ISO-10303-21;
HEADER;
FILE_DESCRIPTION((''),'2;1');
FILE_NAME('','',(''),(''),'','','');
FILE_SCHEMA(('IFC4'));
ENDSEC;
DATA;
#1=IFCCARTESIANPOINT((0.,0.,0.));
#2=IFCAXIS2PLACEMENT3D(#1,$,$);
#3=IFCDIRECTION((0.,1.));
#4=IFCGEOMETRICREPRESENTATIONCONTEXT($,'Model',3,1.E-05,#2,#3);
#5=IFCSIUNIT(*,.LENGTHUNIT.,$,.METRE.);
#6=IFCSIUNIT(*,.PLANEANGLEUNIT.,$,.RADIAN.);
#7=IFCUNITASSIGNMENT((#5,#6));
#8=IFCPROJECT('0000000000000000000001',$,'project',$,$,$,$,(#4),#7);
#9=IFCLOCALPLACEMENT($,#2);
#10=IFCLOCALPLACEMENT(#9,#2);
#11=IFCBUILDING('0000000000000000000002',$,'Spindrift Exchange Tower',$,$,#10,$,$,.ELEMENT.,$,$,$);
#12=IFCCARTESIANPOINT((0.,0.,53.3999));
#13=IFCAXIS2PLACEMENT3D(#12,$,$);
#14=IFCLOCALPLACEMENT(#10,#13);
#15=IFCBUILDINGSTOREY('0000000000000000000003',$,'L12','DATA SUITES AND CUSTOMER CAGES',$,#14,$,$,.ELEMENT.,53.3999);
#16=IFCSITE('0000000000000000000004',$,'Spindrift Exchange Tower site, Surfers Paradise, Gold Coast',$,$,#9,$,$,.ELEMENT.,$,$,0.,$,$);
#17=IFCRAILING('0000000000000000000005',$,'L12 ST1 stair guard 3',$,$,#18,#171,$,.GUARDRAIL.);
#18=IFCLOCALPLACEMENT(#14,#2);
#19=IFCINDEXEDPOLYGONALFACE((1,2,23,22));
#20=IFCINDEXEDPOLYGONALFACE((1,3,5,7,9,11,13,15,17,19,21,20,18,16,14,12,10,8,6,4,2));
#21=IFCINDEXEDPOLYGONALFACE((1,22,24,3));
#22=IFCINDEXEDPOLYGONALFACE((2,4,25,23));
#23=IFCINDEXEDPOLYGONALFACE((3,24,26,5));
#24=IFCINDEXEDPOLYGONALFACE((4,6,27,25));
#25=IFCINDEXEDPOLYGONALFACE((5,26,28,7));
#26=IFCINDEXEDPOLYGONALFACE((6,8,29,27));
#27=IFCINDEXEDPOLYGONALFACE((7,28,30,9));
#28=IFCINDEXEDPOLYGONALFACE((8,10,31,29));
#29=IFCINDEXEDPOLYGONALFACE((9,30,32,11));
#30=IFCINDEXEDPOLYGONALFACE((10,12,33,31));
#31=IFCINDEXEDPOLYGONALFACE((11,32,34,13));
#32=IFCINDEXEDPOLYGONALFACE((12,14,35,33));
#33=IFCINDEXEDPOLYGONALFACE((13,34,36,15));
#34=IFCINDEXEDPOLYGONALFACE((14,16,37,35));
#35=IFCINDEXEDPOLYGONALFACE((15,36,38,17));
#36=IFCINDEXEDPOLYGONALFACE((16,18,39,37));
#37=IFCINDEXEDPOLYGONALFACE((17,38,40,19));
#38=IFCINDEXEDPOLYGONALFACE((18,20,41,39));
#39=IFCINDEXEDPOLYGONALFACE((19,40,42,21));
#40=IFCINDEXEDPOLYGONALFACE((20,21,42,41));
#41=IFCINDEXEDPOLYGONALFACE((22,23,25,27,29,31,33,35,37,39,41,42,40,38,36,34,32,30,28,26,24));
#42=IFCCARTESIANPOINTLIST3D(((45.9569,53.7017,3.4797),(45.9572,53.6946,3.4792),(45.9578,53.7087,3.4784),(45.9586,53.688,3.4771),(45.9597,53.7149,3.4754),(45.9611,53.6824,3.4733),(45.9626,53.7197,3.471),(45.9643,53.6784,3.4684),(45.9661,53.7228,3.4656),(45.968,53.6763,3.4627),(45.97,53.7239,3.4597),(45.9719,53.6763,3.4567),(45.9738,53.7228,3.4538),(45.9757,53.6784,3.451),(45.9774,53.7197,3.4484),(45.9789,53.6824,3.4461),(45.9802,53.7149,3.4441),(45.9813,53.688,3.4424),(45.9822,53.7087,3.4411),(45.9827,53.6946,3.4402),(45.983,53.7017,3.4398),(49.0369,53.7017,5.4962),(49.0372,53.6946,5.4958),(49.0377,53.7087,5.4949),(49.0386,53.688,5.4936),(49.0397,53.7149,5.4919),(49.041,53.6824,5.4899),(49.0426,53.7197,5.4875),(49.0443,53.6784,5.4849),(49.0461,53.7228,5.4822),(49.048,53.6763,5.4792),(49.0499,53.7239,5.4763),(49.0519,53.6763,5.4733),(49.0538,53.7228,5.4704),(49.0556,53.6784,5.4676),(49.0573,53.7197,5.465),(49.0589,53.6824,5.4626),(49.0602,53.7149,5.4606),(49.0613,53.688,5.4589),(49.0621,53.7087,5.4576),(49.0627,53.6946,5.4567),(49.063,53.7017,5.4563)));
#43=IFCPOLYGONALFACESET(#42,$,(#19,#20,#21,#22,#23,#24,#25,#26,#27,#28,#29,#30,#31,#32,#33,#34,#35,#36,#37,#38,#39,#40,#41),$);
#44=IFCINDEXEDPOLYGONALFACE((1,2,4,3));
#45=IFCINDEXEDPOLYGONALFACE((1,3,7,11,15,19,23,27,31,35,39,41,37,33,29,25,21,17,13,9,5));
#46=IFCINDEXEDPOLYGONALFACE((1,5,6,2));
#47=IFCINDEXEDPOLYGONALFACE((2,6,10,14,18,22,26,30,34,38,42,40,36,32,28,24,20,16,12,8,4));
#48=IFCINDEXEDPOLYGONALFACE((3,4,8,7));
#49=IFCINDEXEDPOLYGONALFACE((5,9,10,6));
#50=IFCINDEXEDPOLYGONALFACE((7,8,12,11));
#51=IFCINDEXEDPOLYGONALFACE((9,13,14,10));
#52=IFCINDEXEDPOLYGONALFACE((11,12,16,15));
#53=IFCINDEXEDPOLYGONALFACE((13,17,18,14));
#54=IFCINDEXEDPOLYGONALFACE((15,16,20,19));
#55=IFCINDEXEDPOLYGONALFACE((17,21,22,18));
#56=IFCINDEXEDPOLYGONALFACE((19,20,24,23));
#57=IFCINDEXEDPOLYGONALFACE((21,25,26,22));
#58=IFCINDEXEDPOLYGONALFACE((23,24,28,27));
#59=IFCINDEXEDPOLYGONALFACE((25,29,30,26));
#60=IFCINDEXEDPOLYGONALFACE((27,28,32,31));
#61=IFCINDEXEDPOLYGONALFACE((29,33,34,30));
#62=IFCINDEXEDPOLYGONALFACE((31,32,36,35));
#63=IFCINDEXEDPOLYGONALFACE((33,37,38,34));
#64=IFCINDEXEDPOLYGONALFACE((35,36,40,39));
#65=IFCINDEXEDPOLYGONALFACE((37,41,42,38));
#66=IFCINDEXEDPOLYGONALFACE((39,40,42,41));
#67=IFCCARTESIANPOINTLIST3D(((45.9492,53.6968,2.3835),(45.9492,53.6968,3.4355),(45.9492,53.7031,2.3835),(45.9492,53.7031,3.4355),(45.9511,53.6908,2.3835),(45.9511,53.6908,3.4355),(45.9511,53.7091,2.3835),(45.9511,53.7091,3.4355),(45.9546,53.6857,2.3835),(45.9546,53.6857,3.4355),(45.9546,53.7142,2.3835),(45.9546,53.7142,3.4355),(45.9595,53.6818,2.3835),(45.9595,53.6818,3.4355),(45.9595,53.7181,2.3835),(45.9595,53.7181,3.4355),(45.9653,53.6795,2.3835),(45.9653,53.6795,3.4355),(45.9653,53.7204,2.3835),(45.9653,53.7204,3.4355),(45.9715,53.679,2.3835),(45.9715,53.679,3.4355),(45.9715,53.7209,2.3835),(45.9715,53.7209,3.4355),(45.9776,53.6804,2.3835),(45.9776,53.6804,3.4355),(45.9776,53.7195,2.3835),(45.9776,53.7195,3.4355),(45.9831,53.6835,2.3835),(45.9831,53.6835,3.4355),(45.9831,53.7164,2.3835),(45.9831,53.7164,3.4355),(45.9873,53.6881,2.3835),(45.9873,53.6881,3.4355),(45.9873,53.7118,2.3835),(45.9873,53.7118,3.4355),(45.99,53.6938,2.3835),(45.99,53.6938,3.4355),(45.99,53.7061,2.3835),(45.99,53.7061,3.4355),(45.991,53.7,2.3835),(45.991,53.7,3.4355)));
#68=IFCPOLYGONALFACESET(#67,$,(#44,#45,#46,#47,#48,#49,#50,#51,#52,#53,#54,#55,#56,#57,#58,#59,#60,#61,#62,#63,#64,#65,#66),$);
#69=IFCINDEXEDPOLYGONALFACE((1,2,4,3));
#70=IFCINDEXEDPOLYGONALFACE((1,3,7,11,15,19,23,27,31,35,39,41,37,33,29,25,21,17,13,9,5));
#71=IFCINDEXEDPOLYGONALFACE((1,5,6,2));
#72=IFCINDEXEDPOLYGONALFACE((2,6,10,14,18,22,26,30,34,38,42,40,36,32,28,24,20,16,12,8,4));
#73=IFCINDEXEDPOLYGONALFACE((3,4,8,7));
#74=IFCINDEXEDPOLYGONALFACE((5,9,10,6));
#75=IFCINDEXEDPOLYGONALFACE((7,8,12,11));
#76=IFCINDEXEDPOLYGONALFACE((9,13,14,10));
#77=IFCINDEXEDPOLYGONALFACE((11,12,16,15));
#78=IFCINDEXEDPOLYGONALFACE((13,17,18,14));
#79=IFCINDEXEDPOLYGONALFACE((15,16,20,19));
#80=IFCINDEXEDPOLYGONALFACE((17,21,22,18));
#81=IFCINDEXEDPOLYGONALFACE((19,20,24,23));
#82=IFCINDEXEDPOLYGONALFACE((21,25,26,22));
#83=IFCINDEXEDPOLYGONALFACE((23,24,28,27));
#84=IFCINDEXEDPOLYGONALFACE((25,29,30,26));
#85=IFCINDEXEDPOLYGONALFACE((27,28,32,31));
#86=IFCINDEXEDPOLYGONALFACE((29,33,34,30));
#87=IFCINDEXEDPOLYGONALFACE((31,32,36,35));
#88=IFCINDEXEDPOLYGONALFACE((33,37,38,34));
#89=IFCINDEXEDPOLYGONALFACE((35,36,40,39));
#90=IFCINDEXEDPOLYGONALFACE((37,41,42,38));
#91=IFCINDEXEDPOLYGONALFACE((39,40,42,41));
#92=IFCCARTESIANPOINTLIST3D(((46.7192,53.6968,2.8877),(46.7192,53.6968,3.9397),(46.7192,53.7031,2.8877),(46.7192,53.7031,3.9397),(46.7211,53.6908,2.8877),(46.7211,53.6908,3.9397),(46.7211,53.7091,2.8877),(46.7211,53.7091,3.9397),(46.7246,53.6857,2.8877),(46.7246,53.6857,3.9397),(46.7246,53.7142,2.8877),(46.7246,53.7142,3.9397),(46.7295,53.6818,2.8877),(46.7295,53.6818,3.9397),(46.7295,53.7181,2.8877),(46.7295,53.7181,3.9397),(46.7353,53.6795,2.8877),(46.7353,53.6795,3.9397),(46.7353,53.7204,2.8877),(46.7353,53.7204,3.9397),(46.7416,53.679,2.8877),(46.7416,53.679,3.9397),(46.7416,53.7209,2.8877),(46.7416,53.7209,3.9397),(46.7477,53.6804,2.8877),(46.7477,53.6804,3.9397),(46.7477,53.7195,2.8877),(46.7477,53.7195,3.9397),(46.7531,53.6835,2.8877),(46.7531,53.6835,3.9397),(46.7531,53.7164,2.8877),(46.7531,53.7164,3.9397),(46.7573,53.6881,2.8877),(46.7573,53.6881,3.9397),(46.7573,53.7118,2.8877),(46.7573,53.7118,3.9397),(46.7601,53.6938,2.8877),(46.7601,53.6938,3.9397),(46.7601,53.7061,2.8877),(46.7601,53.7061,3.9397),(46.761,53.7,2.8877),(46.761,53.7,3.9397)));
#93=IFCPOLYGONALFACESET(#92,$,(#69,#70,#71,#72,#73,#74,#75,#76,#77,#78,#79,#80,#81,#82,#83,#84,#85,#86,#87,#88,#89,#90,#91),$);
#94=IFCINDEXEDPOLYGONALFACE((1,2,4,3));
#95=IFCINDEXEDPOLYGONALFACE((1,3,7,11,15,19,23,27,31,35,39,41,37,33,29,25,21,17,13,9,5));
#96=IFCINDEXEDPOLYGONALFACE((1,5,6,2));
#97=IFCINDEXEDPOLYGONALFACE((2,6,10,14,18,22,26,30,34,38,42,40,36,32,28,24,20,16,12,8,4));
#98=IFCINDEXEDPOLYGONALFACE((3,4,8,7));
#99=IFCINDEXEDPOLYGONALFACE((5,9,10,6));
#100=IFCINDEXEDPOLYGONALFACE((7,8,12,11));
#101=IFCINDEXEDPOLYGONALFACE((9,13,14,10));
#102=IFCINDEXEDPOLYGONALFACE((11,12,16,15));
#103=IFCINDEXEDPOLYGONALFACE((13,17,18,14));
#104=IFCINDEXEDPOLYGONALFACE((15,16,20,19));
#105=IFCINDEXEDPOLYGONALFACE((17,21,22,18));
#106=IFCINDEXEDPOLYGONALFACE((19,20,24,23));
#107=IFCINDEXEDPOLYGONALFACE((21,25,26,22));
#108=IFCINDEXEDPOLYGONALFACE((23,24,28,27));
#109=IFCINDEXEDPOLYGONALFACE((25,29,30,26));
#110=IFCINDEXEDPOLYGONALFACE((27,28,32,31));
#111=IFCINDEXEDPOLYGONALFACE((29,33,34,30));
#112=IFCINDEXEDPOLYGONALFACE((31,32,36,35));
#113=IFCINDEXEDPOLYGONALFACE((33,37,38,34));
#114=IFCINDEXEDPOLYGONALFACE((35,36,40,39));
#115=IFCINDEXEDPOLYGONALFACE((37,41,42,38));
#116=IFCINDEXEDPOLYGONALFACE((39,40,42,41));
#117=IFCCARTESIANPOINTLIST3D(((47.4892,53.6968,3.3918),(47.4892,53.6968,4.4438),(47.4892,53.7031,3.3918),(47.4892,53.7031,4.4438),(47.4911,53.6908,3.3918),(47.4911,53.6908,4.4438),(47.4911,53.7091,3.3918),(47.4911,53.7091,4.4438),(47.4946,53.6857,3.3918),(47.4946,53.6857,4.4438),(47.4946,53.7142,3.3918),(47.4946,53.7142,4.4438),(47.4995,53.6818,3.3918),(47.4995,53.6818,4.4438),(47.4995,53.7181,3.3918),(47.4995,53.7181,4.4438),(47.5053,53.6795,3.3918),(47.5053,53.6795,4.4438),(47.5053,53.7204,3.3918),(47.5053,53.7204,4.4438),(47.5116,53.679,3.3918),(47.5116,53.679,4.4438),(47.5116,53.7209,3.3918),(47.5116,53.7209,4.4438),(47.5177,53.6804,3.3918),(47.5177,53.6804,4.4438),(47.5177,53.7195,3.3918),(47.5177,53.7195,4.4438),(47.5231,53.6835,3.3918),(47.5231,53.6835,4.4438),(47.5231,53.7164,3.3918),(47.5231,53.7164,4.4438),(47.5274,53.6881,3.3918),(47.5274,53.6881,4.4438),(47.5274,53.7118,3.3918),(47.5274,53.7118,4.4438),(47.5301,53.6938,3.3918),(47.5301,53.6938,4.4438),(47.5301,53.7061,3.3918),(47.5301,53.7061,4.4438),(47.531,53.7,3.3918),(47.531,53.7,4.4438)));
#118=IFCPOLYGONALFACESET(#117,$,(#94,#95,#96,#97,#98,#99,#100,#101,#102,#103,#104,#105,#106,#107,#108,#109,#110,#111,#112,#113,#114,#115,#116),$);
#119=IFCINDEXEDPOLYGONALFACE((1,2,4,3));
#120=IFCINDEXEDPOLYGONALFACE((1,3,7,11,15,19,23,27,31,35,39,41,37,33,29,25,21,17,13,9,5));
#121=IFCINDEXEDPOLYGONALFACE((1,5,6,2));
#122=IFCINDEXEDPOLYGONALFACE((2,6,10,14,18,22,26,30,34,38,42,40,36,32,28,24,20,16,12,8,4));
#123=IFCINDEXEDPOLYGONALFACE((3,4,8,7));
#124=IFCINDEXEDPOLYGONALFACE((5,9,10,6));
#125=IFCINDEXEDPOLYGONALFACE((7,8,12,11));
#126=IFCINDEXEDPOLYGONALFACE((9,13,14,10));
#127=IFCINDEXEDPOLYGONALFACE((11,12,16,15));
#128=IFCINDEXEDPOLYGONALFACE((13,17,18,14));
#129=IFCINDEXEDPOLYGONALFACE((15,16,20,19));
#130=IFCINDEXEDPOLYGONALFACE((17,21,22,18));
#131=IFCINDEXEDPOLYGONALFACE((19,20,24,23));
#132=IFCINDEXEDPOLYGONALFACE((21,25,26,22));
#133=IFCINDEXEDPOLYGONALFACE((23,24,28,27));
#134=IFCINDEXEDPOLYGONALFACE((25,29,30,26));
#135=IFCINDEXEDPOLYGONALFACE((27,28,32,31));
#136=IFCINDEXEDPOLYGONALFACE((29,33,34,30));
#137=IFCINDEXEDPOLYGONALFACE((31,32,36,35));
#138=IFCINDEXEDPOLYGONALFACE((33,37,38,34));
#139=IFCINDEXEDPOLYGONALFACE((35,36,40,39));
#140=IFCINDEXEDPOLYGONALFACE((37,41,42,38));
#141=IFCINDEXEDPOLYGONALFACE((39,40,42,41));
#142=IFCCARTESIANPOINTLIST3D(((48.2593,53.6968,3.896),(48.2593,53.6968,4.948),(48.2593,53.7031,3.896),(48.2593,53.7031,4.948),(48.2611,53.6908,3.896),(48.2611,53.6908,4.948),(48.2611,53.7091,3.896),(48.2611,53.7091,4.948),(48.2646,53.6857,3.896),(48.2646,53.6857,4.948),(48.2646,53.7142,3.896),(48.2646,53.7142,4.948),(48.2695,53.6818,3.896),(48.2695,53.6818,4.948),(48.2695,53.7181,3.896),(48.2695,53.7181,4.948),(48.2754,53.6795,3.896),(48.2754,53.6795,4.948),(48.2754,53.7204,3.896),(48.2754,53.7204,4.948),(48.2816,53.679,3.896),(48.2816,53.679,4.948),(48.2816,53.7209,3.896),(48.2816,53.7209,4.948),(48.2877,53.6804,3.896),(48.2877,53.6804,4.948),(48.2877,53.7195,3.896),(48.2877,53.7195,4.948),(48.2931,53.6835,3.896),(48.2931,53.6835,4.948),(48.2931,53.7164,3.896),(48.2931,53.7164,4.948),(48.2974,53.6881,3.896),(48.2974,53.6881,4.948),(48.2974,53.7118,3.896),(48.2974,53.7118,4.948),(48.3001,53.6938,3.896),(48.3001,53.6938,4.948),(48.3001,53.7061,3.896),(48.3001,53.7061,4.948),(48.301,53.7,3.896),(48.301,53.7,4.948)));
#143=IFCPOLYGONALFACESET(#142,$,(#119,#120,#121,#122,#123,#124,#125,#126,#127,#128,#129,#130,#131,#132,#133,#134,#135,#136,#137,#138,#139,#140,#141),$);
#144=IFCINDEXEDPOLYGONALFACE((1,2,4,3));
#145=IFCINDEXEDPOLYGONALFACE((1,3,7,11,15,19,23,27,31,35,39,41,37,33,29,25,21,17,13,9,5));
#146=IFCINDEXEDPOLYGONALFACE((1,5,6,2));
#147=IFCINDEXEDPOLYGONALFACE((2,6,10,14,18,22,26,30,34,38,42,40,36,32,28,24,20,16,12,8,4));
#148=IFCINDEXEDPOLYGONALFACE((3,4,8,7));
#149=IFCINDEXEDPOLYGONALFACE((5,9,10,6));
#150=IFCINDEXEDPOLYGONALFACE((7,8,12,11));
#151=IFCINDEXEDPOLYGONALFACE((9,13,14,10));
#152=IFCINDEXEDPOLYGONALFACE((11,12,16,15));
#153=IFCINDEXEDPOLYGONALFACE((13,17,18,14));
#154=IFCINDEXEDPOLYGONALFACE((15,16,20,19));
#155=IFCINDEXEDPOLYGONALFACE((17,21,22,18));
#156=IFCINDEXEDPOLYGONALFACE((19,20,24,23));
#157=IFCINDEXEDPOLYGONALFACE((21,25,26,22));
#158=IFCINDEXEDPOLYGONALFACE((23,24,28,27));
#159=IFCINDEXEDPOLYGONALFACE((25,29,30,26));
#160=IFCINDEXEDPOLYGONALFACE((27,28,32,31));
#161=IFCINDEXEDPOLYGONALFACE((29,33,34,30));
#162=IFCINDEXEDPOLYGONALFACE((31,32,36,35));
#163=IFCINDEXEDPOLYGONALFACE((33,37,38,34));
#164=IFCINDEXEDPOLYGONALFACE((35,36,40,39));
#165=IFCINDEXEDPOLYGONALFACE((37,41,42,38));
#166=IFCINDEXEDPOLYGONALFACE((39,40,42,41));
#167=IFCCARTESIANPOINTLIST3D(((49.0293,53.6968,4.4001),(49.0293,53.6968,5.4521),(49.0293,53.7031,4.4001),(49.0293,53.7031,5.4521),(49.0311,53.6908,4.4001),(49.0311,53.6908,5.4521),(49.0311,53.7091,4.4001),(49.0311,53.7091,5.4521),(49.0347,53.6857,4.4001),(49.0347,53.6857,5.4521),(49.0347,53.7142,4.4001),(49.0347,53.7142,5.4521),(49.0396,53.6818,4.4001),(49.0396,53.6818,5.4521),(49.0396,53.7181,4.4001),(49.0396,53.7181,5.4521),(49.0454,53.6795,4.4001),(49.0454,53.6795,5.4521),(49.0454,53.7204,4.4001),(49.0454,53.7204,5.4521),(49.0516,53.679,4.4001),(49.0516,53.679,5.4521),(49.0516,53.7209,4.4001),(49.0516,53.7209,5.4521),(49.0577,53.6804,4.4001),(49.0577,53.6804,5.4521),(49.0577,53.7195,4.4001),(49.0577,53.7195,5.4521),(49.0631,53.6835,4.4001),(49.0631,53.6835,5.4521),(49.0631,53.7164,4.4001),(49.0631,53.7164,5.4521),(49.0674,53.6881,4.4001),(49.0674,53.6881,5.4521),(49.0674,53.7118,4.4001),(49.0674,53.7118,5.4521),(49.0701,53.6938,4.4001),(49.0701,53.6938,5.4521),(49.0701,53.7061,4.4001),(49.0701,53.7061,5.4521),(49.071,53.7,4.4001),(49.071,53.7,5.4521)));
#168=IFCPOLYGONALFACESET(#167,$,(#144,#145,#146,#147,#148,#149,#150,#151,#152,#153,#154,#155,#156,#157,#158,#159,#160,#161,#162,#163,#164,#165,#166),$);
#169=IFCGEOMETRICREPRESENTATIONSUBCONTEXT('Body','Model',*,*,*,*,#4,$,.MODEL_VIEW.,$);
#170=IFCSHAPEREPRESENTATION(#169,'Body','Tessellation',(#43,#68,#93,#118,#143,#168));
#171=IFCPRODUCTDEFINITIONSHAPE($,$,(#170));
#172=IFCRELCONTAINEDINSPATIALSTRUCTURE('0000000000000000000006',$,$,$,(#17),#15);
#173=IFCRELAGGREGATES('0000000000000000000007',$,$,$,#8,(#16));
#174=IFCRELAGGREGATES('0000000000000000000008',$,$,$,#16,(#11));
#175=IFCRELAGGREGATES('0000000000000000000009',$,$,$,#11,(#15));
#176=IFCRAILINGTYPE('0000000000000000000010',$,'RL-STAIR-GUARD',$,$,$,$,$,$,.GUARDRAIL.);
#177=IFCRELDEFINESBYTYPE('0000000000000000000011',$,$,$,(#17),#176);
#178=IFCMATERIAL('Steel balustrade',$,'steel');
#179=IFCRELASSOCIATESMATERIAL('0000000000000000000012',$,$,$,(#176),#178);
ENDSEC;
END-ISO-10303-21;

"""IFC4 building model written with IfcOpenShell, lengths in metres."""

from ifc_helpers import new_model, si_unit, direction, frame, origin, origin_2d, place, context, subcontext, project, spatial, circle, extrude, material, type_object, element, save


model = new_model("IFC4")

# Units and contexts
model_context = context("Model", 3, precision=1e-05, world=origin(), true_north=direction((0.0, 1.0)))
body_context = subcontext(model_context, "Body", "Model", "MODEL_VIEW")
ifc_project = project(units=[si_unit("LENGTHUNIT", "METRE"), si_unit("PLANEANGLEUNIT", "RADIAN")], contexts=[model_context])

# Site, building, storey
site_placement = place(None, origin())
site = spatial("IfcSite", under=ifc_project, at=site_placement, Name="Spindrift Exchange Tower site, Surfers Paradise, Gold Coast", CompositionType="ELEMENT", RefElevation=0.0)
building_placement = place(site_placement, origin())
building = spatial("IfcBuilding", under=site, at=building_placement, Name="Spindrift Exchange Tower", CompositionType="ELEMENT")
storey_placement = place(building_placement, frame((0.0, 0.0, 53.3999)))
storey = spatial("IfcBuildingStorey", under=building, at=storey_placement, Name="L12", Description="DATA SUITES AND CUSTOMER CAGES", CompositionType="ELEMENT", Elevation=53.3999)

# Railing
ifc_material_1 = material(Name="Steel balustrade", Category="steel")
railing_type_1 = type_object("IfcRailingType", Name="RL-STAIR-GUARD", PredefinedType="GUARDRAIL", material=ifc_material_1)
railing_1_placement = place(storey_placement, frame((45.97, 53.7, 2.3835)))
element("IfcRailing", 1, at=railing_1_placement, inside=storey, type_object=railing_type_1, Name="L12 ST1 stair guard 3", PredefinedType="GUARDRAIL", context=body_context, shape_type="SweptSolid", body=[
    extrude(circle(Radius=0.0239, at=origin_2d()), frame((0.0, 0.0, 1.0762), z_axis=(0.836633, 0.0, 0.547764), x_axis=(0.0, 1.0, 0.0)), (0.0, 0.0, 1.0), 3.6814),
    extrude(circle(Radius=0.021, at=origin_2d()), origin(), (0.0, 0.0, 1.0), 1.052),
    extrude(circle(Radius=0.021, at=origin_2d()), frame((0.77, 0.0, 0.5042)), (0.0, 0.0, 1.0), 1.052),
    extrude(circle(Radius=0.021, at=origin_2d()), frame((1.54, 0.0, 1.0083)), (0.0, 0.0, 1.0), 1.052),
    extrude(circle(Radius=0.021, at=origin_2d()), frame((2.3101, 0.0, 1.5125)), (0.0, 0.0, 1.0), 1.052),
    extrude(circle(Radius=0.021, at=origin_2d()), frame((3.0801, 0.0, 2.0166)), (0.0, 0.0, 1.0), 1.052),
])

save(model, "model.ifc")
